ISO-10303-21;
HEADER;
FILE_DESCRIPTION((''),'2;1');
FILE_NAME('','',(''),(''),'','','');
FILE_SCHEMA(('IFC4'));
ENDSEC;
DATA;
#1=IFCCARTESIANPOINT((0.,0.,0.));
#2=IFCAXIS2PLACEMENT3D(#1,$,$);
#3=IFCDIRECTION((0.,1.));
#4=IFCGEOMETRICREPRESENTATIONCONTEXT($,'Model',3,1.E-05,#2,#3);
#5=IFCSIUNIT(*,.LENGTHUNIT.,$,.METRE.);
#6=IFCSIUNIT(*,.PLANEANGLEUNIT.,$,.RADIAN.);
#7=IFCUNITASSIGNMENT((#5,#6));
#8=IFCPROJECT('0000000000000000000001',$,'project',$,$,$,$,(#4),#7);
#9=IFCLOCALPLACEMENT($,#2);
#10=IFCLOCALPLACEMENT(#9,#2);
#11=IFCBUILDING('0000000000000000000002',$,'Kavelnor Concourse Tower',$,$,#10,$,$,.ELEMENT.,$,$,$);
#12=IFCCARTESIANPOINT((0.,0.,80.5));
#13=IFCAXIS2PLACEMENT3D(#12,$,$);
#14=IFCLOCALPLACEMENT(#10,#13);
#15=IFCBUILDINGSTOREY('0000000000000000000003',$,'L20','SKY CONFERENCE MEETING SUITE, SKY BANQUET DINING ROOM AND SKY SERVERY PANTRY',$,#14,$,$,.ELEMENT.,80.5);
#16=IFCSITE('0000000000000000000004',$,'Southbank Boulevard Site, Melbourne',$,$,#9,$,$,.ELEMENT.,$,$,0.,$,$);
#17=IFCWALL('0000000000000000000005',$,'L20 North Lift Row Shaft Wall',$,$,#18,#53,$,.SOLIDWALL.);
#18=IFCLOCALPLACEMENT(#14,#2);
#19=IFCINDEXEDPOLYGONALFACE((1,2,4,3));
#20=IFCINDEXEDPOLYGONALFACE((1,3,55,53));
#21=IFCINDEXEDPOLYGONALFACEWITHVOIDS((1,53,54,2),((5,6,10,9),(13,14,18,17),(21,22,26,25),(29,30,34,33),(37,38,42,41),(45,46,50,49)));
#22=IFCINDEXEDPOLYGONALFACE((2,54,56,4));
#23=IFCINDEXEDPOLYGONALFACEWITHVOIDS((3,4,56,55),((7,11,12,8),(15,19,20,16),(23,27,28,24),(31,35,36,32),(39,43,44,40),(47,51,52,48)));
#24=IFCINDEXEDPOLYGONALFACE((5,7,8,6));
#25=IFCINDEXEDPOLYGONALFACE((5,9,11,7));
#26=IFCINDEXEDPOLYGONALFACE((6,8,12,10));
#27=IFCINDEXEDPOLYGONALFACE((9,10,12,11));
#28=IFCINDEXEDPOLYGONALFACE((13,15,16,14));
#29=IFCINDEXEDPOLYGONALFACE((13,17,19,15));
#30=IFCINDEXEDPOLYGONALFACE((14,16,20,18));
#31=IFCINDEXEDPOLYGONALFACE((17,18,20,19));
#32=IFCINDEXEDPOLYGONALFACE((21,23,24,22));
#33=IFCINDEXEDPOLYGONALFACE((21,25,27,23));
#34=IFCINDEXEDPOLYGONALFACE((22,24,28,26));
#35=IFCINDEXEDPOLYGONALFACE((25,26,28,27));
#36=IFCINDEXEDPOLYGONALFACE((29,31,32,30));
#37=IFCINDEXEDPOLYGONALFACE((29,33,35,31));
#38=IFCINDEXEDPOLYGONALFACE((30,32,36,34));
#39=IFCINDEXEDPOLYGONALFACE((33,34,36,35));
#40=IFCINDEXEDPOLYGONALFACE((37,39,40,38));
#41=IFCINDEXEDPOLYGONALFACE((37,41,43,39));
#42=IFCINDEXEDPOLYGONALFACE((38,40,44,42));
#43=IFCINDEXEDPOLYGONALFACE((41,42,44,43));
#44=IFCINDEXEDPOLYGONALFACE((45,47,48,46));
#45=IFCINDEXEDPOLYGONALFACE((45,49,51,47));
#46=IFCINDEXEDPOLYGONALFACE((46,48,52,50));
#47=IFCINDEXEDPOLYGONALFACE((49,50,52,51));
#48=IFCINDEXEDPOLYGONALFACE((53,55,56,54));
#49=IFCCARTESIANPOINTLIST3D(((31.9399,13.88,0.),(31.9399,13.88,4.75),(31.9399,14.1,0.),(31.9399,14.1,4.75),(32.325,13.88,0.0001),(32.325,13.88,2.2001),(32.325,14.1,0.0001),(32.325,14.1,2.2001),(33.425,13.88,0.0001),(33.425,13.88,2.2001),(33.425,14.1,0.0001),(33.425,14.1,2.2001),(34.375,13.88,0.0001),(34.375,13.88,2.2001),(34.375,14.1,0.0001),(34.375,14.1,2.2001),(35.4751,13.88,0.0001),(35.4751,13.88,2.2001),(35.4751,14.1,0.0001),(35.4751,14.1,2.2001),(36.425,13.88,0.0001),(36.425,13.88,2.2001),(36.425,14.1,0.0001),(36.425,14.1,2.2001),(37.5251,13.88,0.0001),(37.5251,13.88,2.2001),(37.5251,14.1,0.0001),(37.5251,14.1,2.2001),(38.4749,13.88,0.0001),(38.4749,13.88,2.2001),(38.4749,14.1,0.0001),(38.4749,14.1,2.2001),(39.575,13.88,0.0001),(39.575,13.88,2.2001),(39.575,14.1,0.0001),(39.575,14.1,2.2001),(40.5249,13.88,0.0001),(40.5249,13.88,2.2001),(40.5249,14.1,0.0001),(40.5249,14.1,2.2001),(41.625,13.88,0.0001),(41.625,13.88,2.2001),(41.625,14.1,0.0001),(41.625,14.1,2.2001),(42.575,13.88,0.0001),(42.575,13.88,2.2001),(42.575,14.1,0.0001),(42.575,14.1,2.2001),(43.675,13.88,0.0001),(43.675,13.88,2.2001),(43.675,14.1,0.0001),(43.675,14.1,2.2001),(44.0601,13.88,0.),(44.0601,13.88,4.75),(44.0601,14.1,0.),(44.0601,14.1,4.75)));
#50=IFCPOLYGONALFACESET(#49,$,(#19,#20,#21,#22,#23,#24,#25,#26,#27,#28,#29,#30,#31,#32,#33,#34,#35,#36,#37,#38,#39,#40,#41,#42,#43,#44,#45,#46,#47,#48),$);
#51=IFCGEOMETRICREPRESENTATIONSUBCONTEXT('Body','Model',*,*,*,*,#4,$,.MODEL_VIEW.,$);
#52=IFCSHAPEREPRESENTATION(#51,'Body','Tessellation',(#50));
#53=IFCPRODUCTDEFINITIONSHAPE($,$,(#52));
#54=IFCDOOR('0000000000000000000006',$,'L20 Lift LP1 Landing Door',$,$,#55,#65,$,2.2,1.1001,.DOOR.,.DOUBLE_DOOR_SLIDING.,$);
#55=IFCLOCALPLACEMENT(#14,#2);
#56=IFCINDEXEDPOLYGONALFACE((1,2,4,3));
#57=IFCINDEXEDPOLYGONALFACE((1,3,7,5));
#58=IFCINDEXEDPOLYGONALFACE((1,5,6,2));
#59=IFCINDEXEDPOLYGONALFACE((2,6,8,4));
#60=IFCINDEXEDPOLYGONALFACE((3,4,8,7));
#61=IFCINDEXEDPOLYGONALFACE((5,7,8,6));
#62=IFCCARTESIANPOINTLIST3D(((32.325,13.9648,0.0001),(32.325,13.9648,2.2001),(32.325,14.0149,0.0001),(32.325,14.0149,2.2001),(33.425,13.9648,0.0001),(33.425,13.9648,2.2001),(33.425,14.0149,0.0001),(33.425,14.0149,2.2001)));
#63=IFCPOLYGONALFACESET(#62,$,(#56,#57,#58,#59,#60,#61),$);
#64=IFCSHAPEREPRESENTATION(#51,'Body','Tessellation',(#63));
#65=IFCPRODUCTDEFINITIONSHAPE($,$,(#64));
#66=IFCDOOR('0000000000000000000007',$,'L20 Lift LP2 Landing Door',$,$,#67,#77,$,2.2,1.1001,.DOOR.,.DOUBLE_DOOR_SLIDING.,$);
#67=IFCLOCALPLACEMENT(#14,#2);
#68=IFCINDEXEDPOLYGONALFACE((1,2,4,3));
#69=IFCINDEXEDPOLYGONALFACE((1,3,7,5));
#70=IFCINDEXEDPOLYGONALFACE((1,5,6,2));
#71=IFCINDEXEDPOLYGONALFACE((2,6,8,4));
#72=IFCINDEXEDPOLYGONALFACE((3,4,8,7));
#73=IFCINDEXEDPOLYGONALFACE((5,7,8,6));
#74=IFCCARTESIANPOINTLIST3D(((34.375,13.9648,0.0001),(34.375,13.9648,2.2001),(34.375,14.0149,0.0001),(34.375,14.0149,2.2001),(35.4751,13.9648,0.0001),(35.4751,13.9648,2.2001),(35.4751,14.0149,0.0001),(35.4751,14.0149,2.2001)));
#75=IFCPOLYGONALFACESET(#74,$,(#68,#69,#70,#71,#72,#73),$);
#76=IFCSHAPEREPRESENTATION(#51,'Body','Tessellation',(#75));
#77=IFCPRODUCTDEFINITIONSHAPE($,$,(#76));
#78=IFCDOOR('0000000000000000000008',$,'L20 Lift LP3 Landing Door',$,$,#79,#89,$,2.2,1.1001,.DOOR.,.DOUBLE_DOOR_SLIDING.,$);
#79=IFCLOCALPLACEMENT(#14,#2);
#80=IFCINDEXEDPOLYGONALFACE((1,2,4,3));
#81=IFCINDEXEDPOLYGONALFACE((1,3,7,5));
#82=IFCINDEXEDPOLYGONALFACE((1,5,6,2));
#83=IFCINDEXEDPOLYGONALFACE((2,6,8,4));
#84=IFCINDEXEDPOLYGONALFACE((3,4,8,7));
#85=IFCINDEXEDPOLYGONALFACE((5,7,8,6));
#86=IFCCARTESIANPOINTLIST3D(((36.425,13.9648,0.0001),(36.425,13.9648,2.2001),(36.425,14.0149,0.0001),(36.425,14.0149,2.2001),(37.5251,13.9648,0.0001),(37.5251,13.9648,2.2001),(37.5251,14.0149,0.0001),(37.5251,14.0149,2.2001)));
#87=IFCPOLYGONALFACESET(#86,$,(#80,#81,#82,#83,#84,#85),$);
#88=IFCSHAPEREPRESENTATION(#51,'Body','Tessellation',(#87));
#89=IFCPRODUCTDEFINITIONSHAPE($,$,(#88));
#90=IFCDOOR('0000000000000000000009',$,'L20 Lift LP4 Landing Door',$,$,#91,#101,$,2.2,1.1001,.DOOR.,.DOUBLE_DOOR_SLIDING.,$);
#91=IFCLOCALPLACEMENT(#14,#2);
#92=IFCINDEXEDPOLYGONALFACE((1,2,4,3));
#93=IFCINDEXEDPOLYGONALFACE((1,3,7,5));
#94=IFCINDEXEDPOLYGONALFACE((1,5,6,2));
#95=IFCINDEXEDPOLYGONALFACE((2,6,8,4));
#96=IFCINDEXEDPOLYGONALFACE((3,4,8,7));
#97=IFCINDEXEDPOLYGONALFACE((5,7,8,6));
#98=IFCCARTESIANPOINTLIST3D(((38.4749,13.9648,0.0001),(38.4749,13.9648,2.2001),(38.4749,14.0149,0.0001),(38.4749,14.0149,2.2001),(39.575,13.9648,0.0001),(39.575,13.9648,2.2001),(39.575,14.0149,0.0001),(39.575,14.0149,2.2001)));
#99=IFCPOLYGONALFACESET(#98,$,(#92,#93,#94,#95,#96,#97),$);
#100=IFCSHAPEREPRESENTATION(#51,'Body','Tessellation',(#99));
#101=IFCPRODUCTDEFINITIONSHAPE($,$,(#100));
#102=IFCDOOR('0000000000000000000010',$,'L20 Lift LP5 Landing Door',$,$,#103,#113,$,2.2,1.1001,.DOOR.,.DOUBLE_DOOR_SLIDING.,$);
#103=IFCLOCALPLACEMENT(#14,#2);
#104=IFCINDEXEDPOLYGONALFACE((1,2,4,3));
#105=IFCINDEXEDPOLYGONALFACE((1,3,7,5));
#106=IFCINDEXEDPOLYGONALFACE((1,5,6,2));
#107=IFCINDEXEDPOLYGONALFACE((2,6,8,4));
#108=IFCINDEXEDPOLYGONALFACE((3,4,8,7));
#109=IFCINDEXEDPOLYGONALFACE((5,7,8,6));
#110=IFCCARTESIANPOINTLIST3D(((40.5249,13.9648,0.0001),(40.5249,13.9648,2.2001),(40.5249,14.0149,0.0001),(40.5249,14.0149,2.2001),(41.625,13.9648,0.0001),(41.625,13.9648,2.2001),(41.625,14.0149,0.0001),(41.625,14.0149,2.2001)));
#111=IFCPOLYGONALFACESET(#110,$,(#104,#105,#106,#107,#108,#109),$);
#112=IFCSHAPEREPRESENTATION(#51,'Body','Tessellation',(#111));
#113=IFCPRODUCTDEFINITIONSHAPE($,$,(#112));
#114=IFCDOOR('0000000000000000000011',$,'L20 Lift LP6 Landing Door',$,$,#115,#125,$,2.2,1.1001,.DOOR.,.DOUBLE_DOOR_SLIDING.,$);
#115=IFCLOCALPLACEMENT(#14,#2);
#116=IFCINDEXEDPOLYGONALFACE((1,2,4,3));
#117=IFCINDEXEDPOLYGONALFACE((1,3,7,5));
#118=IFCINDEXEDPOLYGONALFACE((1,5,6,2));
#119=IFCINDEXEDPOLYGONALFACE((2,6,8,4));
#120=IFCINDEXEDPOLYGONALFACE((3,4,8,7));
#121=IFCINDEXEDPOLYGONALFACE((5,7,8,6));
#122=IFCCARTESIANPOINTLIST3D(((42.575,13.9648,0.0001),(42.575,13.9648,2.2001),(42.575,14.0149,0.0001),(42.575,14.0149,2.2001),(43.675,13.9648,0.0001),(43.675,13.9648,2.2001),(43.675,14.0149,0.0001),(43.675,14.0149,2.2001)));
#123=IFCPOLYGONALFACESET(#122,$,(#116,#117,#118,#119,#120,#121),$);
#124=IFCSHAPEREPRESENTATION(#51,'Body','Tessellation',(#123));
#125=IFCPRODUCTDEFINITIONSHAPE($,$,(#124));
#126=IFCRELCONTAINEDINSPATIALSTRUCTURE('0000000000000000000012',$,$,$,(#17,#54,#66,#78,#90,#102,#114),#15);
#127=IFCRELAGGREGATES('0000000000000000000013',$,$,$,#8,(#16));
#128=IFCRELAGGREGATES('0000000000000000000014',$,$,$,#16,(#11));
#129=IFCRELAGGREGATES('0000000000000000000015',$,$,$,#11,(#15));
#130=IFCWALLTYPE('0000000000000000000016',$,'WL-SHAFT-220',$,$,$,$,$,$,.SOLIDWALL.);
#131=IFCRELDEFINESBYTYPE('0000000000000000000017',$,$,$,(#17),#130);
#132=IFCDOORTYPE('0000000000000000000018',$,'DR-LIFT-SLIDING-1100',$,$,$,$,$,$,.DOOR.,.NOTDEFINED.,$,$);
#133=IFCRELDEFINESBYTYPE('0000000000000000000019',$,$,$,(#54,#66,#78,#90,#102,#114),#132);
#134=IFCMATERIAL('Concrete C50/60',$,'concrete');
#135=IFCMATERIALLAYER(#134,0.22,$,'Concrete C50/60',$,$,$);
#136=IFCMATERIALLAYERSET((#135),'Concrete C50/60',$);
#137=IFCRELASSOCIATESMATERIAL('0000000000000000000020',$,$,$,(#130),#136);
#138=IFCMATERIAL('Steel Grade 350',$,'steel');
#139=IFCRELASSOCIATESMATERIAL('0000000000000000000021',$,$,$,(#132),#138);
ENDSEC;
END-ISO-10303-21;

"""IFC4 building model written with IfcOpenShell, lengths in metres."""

from ifc_helpers import new_model, si_unit, direction, frame, frame_2d, origin, place, context, subcontext, project, spatial, rectangle, extrude, material, layer, layer_set, type_object, element, fill, save


model = new_model("IFC4")

# Units and contexts
model_context = context("Model", 3, precision=1e-05, world=origin(), true_north=direction((0.0, 1.0)))
body_context = subcontext(model_context, "Body", "Model", "MODEL_VIEW")
ifc_project = project(units=[si_unit("LENGTHUNIT", "METRE"), si_unit("PLANEANGLEUNIT", "RADIAN")], contexts=[model_context])

# Site, building, storey
site_placement = place(None, origin())
site = spatial("IfcSite", under=ifc_project, at=site_placement, Name="Southbank Boulevard Site, Melbourne", CompositionType="ELEMENT", RefElevation=0.0)
building_placement = place(site_placement, origin())
building = spatial("IfcBuilding", under=site, at=building_placement, Name="Kavelnor Concourse Tower", CompositionType="ELEMENT")
storey_placement = place(building_placement, frame((0.0, 0.0, 80.5)))
storey = spatial("IfcBuildingStorey", under=building, at=storey_placement, Name="L20", Description="SKY CONFERENCE MEETING SUITE, SKY BANQUET DINING ROOM AND SKY SERVERY PANTRY", CompositionType="ELEMENT", Elevation=80.5)

# Shared definitions
ifc_material_1 = material(Name="Steel Grade 350", Category="steel")

# Wall, openings, doors
ifc_material_2 = material(Name="Concrete C50/60", Category="concrete")
ifc_layer_1 = layer(ifc_material_2, 0.22, Name="Concrete C50/60")
ifc_layer_set_1 = layer_set([ifc_layer_1], Name="Concrete C50/60")
wall_type_1 = type_object("IfcWallType", Name="WL-SHAFT-220", PredefinedType="SOLIDWALL", material=ifc_layer_set_1)
wall_1_placement = place(storey_placement, frame((31.9399, 13.99, 0.0), z_axis=(0.0, 0.0, 1.0), x_axis=(1.0, 0.0, 0.0)))
wall_1 = element("IfcWall", 1, at=wall_1_placement, inside=storey, type_object=wall_type_1, Name="L20 North Lift Row Shaft Wall", PredefinedType="SOLIDWALL", context=body_context, shape_type="SweptSolid", body=[
    extrude(rectangle(XDim=12.1201, YDim=0.22, at=frame_2d((6.0601, 0.0))), origin(), (0.0, 0.0, 1.0), 4.75),
])
opening_1_placement = place(wall_1_placement, frame((0.385, 0.0, 0.0)))
opening_1 = element("IfcOpeningElement", 2, at=opening_1_placement, cuts=wall_1, PredefinedType="OPENING", context=body_context, shape_type="SweptSolid", body=[
    extrude(rectangle(XDim=1.1001, YDim=2.2, at=frame_2d((0.55, 1.1001))), frame((0.0, 0.1201, 0.0), z_axis=(0.0, -1.0, 0.0), x_axis=(1.0, 0.0, 0.0)), (0.0, 0.0, 1.0), 0.24),
])
opening_2_placement = place(wall_1_placement, frame((2.4351, 0.0, 0.0)))
opening_2 = element("IfcOpeningElement", 3, at=opening_2_placement, cuts=wall_1, PredefinedType="OPENING", context=body_context, shape_type="SweptSolid", body=[
    extrude(rectangle(XDim=1.1001, YDim=2.2, at=frame_2d((0.55, 1.1001))), frame((0.0, 0.1201, 0.0), z_axis=(0.0, -1.0, 0.0), x_axis=(1.0, 0.0, 0.0)), (0.0, 0.0, 1.0), 0.24),
])
opening_3_placement = place(wall_1_placement, frame((4.4851, 0.0, 0.0)))
opening_3 = element("IfcOpeningElement", 4, at=opening_3_placement, cuts=wall_1, PredefinedType="OPENING", context=body_context, shape_type="SweptSolid", body=[
    extrude(rectangle(XDim=1.1001, YDim=2.2, at=frame_2d((0.55, 1.1001))), frame((0.0, 0.1201, 0.0), z_axis=(0.0, -1.0, 0.0), x_axis=(1.0, 0.0, 0.0)), (0.0, 0.0, 1.0), 0.24),
])
opening_4_placement = place(wall_1_placement, frame((6.5349, 0.0, 0.0)))
opening_4 = element("IfcOpeningElement", 5, at=opening_4_placement, cuts=wall_1, PredefinedType="OPENING", context=body_context, shape_type="SweptSolid", body=[
    extrude(rectangle(XDim=1.1001, YDim=2.2, at=frame_2d((0.55, 1.1001))), frame((0.0, 0.1201, 0.0), z_axis=(0.0, -1.0, 0.0), x_axis=(1.0, 0.0, 0.0)), (0.0, 0.0, 1.0), 0.24),
])
opening_5_placement = place(wall_1_placement, frame((8.585, 0.0, 0.0)))
opening_5 = element("IfcOpeningElement", 6, at=opening_5_placement, cuts=wall_1, PredefinedType="OPENING", context=body_context, shape_type="SweptSolid", body=[
    extrude(rectangle(XDim=1.1001, YDim=2.2, at=frame_2d((0.55, 1.1001))), frame((0.0, 0.1201, 0.0), z_axis=(0.0, -1.0, 0.0), x_axis=(1.0, 0.0, 0.0)), (0.0, 0.0, 1.0), 0.24),
])
opening_6_placement = place(wall_1_placement, frame((10.635, 0.0, 0.0)))
opening_6 = element("IfcOpeningElement", 7, at=opening_6_placement, cuts=wall_1, PredefinedType="OPENING", context=body_context, shape_type="SweptSolid", body=[
    extrude(rectangle(XDim=1.1001, YDim=2.2, at=frame_2d((0.55, 1.1001))), frame((0.0, 0.1201, 0.0), z_axis=(0.0, -1.0, 0.0), x_axis=(1.0, 0.0, 0.0)), (0.0, 0.0, 1.0), 0.24),
])
door_type_1 = type_object("IfcDoorType", Name="DR-LIFT-SLIDING-1100", OperationType="NOTDEFINED", PredefinedType="DOOR", material=ifc_material_1)
door_1_placement = place(opening_1_placement, origin())
door_1 = element("IfcDoor", 8, at=door_1_placement, inside=storey, type_object=door_type_1, Name="L20 Lift LP1 Landing Door", OperationType="DOUBLE_DOOR_SLIDING", OverallHeight=2.2, OverallWidth=1.1001, PredefinedType="DOOR", context=body_context, shape_type="SweptSolid", body=[
    extrude(rectangle(XDim=1.1001, YDim=2.2, at=frame_2d((0.55, 1.1001))), frame((0.0, 0.0249, 0.0), z_axis=(0.0, -1.0, 0.0), x_axis=(1.0, 0.0, 0.0)), (0.0, 0.0, 1.0), 0.05),
])
fill(opening_1, door_1)
door_2_placement = place(opening_2_placement, origin())
door_2 = element("IfcDoor", 9, at=door_2_placement, inside=storey, type_object=door_type_1, Name="L20 Lift LP2 Landing Door", OperationType="DOUBLE_DOOR_SLIDING", OverallHeight=2.2, OverallWidth=1.1001, PredefinedType="DOOR", context=body_context, shape_type="SweptSolid", body=[
    extrude(rectangle(XDim=1.1001, YDim=2.2, at=frame_2d((0.55, 1.1001))), frame((0.0, 0.0249, 0.0), z_axis=(0.0, -1.0, 0.0), x_axis=(1.0, 0.0, 0.0)), (0.0, 0.0, 1.0), 0.05),
])
fill(opening_2, door_2)
door_3_placement = place(opening_3_placement, origin())
door_3 = element("IfcDoor", 10, at=door_3_placement, inside=storey, type_object=door_type_1, Name="L20 Lift LP3 Landing Door", OperationType="DOUBLE_DOOR_SLIDING", OverallHeight=2.2, OverallWidth=1.1001, PredefinedType="DOOR", context=body_context, shape_type="SweptSolid", body=[
    extrude(rectangle(XDim=1.1001, YDim=2.2, at=frame_2d((0.55, 1.1001))), frame((0.0, 0.0249, 0.0), z_axis=(0.0, -1.0, 0.0), x_axis=(1.0, 0.0, 0.0)), (0.0, 0.0, 1.0), 0.05),
])
fill(opening_3, door_3)
door_4_placement = place(opening_4_placement, origin())
door_4 = element("IfcDoor", 11, at=door_4_placement, inside=storey, type_object=door_type_1, Name="L20 Lift LP4 Landing Door", OperationType="DOUBLE_DOOR_SLIDING", OverallHeight=2.2, OverallWidth=1.1001, PredefinedType="DOOR", context=body_context, shape_type="SweptSolid", body=[
    extrude(rectangle(XDim=1.1001, YDim=2.2, at=frame_2d((0.55, 1.1001))), frame((0.0, 0.0249, 0.0), z_axis=(0.0, -1.0, 0.0), x_axis=(1.0, 0.0, 0.0)), (0.0, 0.0, 1.0), 0.05),
])
fill(opening_4, door_4)
door_5_placement = place(opening_5_placement, origin())
door_5 = element("IfcDoor", 12, at=door_5_placement, inside=storey, type_object=door_type_1, Name="L20 Lift LP5 Landing Door", OperationType="DOUBLE_DOOR_SLIDING", OverallHeight=2.2, OverallWidth=1.1001, PredefinedType="DOOR", context=body_context, shape_type="SweptSolid", body=[
    extrude(rectangle(XDim=1.1001, YDim=2.2, at=frame_2d((0.55, 1.1001))), frame((0.0, 0.0249, 0.0), z_axis=(0.0, -1.0, 0.0), x_axis=(1.0, 0.0, 0.0)), (0.0, 0.0, 1.0), 0.05),
])
fill(opening_5, door_5)
door_6_placement = place(opening_6_placement, origin())
door_6 = element("IfcDoor", 13, at=door_6_placement, inside=storey, type_object=door_type_1, Name="L20 Lift LP6 Landing Door", OperationType="DOUBLE_DOOR_SLIDING", OverallHeight=2.2, OverallWidth=1.1001, PredefinedType="DOOR", context=body_context, shape_type="SweptSolid", body=[
    extrude(rectangle(XDim=1.1001, YDim=2.2, at=frame_2d((0.55, 1.1001))), frame((0.0, 0.0249, 0.0), z_axis=(0.0, -1.0, 0.0), x_axis=(1.0, 0.0, 0.0)), (0.0, 0.0, 1.0), 0.05),
])
fill(opening_6, door_6)

save(model, "model.ifc")
